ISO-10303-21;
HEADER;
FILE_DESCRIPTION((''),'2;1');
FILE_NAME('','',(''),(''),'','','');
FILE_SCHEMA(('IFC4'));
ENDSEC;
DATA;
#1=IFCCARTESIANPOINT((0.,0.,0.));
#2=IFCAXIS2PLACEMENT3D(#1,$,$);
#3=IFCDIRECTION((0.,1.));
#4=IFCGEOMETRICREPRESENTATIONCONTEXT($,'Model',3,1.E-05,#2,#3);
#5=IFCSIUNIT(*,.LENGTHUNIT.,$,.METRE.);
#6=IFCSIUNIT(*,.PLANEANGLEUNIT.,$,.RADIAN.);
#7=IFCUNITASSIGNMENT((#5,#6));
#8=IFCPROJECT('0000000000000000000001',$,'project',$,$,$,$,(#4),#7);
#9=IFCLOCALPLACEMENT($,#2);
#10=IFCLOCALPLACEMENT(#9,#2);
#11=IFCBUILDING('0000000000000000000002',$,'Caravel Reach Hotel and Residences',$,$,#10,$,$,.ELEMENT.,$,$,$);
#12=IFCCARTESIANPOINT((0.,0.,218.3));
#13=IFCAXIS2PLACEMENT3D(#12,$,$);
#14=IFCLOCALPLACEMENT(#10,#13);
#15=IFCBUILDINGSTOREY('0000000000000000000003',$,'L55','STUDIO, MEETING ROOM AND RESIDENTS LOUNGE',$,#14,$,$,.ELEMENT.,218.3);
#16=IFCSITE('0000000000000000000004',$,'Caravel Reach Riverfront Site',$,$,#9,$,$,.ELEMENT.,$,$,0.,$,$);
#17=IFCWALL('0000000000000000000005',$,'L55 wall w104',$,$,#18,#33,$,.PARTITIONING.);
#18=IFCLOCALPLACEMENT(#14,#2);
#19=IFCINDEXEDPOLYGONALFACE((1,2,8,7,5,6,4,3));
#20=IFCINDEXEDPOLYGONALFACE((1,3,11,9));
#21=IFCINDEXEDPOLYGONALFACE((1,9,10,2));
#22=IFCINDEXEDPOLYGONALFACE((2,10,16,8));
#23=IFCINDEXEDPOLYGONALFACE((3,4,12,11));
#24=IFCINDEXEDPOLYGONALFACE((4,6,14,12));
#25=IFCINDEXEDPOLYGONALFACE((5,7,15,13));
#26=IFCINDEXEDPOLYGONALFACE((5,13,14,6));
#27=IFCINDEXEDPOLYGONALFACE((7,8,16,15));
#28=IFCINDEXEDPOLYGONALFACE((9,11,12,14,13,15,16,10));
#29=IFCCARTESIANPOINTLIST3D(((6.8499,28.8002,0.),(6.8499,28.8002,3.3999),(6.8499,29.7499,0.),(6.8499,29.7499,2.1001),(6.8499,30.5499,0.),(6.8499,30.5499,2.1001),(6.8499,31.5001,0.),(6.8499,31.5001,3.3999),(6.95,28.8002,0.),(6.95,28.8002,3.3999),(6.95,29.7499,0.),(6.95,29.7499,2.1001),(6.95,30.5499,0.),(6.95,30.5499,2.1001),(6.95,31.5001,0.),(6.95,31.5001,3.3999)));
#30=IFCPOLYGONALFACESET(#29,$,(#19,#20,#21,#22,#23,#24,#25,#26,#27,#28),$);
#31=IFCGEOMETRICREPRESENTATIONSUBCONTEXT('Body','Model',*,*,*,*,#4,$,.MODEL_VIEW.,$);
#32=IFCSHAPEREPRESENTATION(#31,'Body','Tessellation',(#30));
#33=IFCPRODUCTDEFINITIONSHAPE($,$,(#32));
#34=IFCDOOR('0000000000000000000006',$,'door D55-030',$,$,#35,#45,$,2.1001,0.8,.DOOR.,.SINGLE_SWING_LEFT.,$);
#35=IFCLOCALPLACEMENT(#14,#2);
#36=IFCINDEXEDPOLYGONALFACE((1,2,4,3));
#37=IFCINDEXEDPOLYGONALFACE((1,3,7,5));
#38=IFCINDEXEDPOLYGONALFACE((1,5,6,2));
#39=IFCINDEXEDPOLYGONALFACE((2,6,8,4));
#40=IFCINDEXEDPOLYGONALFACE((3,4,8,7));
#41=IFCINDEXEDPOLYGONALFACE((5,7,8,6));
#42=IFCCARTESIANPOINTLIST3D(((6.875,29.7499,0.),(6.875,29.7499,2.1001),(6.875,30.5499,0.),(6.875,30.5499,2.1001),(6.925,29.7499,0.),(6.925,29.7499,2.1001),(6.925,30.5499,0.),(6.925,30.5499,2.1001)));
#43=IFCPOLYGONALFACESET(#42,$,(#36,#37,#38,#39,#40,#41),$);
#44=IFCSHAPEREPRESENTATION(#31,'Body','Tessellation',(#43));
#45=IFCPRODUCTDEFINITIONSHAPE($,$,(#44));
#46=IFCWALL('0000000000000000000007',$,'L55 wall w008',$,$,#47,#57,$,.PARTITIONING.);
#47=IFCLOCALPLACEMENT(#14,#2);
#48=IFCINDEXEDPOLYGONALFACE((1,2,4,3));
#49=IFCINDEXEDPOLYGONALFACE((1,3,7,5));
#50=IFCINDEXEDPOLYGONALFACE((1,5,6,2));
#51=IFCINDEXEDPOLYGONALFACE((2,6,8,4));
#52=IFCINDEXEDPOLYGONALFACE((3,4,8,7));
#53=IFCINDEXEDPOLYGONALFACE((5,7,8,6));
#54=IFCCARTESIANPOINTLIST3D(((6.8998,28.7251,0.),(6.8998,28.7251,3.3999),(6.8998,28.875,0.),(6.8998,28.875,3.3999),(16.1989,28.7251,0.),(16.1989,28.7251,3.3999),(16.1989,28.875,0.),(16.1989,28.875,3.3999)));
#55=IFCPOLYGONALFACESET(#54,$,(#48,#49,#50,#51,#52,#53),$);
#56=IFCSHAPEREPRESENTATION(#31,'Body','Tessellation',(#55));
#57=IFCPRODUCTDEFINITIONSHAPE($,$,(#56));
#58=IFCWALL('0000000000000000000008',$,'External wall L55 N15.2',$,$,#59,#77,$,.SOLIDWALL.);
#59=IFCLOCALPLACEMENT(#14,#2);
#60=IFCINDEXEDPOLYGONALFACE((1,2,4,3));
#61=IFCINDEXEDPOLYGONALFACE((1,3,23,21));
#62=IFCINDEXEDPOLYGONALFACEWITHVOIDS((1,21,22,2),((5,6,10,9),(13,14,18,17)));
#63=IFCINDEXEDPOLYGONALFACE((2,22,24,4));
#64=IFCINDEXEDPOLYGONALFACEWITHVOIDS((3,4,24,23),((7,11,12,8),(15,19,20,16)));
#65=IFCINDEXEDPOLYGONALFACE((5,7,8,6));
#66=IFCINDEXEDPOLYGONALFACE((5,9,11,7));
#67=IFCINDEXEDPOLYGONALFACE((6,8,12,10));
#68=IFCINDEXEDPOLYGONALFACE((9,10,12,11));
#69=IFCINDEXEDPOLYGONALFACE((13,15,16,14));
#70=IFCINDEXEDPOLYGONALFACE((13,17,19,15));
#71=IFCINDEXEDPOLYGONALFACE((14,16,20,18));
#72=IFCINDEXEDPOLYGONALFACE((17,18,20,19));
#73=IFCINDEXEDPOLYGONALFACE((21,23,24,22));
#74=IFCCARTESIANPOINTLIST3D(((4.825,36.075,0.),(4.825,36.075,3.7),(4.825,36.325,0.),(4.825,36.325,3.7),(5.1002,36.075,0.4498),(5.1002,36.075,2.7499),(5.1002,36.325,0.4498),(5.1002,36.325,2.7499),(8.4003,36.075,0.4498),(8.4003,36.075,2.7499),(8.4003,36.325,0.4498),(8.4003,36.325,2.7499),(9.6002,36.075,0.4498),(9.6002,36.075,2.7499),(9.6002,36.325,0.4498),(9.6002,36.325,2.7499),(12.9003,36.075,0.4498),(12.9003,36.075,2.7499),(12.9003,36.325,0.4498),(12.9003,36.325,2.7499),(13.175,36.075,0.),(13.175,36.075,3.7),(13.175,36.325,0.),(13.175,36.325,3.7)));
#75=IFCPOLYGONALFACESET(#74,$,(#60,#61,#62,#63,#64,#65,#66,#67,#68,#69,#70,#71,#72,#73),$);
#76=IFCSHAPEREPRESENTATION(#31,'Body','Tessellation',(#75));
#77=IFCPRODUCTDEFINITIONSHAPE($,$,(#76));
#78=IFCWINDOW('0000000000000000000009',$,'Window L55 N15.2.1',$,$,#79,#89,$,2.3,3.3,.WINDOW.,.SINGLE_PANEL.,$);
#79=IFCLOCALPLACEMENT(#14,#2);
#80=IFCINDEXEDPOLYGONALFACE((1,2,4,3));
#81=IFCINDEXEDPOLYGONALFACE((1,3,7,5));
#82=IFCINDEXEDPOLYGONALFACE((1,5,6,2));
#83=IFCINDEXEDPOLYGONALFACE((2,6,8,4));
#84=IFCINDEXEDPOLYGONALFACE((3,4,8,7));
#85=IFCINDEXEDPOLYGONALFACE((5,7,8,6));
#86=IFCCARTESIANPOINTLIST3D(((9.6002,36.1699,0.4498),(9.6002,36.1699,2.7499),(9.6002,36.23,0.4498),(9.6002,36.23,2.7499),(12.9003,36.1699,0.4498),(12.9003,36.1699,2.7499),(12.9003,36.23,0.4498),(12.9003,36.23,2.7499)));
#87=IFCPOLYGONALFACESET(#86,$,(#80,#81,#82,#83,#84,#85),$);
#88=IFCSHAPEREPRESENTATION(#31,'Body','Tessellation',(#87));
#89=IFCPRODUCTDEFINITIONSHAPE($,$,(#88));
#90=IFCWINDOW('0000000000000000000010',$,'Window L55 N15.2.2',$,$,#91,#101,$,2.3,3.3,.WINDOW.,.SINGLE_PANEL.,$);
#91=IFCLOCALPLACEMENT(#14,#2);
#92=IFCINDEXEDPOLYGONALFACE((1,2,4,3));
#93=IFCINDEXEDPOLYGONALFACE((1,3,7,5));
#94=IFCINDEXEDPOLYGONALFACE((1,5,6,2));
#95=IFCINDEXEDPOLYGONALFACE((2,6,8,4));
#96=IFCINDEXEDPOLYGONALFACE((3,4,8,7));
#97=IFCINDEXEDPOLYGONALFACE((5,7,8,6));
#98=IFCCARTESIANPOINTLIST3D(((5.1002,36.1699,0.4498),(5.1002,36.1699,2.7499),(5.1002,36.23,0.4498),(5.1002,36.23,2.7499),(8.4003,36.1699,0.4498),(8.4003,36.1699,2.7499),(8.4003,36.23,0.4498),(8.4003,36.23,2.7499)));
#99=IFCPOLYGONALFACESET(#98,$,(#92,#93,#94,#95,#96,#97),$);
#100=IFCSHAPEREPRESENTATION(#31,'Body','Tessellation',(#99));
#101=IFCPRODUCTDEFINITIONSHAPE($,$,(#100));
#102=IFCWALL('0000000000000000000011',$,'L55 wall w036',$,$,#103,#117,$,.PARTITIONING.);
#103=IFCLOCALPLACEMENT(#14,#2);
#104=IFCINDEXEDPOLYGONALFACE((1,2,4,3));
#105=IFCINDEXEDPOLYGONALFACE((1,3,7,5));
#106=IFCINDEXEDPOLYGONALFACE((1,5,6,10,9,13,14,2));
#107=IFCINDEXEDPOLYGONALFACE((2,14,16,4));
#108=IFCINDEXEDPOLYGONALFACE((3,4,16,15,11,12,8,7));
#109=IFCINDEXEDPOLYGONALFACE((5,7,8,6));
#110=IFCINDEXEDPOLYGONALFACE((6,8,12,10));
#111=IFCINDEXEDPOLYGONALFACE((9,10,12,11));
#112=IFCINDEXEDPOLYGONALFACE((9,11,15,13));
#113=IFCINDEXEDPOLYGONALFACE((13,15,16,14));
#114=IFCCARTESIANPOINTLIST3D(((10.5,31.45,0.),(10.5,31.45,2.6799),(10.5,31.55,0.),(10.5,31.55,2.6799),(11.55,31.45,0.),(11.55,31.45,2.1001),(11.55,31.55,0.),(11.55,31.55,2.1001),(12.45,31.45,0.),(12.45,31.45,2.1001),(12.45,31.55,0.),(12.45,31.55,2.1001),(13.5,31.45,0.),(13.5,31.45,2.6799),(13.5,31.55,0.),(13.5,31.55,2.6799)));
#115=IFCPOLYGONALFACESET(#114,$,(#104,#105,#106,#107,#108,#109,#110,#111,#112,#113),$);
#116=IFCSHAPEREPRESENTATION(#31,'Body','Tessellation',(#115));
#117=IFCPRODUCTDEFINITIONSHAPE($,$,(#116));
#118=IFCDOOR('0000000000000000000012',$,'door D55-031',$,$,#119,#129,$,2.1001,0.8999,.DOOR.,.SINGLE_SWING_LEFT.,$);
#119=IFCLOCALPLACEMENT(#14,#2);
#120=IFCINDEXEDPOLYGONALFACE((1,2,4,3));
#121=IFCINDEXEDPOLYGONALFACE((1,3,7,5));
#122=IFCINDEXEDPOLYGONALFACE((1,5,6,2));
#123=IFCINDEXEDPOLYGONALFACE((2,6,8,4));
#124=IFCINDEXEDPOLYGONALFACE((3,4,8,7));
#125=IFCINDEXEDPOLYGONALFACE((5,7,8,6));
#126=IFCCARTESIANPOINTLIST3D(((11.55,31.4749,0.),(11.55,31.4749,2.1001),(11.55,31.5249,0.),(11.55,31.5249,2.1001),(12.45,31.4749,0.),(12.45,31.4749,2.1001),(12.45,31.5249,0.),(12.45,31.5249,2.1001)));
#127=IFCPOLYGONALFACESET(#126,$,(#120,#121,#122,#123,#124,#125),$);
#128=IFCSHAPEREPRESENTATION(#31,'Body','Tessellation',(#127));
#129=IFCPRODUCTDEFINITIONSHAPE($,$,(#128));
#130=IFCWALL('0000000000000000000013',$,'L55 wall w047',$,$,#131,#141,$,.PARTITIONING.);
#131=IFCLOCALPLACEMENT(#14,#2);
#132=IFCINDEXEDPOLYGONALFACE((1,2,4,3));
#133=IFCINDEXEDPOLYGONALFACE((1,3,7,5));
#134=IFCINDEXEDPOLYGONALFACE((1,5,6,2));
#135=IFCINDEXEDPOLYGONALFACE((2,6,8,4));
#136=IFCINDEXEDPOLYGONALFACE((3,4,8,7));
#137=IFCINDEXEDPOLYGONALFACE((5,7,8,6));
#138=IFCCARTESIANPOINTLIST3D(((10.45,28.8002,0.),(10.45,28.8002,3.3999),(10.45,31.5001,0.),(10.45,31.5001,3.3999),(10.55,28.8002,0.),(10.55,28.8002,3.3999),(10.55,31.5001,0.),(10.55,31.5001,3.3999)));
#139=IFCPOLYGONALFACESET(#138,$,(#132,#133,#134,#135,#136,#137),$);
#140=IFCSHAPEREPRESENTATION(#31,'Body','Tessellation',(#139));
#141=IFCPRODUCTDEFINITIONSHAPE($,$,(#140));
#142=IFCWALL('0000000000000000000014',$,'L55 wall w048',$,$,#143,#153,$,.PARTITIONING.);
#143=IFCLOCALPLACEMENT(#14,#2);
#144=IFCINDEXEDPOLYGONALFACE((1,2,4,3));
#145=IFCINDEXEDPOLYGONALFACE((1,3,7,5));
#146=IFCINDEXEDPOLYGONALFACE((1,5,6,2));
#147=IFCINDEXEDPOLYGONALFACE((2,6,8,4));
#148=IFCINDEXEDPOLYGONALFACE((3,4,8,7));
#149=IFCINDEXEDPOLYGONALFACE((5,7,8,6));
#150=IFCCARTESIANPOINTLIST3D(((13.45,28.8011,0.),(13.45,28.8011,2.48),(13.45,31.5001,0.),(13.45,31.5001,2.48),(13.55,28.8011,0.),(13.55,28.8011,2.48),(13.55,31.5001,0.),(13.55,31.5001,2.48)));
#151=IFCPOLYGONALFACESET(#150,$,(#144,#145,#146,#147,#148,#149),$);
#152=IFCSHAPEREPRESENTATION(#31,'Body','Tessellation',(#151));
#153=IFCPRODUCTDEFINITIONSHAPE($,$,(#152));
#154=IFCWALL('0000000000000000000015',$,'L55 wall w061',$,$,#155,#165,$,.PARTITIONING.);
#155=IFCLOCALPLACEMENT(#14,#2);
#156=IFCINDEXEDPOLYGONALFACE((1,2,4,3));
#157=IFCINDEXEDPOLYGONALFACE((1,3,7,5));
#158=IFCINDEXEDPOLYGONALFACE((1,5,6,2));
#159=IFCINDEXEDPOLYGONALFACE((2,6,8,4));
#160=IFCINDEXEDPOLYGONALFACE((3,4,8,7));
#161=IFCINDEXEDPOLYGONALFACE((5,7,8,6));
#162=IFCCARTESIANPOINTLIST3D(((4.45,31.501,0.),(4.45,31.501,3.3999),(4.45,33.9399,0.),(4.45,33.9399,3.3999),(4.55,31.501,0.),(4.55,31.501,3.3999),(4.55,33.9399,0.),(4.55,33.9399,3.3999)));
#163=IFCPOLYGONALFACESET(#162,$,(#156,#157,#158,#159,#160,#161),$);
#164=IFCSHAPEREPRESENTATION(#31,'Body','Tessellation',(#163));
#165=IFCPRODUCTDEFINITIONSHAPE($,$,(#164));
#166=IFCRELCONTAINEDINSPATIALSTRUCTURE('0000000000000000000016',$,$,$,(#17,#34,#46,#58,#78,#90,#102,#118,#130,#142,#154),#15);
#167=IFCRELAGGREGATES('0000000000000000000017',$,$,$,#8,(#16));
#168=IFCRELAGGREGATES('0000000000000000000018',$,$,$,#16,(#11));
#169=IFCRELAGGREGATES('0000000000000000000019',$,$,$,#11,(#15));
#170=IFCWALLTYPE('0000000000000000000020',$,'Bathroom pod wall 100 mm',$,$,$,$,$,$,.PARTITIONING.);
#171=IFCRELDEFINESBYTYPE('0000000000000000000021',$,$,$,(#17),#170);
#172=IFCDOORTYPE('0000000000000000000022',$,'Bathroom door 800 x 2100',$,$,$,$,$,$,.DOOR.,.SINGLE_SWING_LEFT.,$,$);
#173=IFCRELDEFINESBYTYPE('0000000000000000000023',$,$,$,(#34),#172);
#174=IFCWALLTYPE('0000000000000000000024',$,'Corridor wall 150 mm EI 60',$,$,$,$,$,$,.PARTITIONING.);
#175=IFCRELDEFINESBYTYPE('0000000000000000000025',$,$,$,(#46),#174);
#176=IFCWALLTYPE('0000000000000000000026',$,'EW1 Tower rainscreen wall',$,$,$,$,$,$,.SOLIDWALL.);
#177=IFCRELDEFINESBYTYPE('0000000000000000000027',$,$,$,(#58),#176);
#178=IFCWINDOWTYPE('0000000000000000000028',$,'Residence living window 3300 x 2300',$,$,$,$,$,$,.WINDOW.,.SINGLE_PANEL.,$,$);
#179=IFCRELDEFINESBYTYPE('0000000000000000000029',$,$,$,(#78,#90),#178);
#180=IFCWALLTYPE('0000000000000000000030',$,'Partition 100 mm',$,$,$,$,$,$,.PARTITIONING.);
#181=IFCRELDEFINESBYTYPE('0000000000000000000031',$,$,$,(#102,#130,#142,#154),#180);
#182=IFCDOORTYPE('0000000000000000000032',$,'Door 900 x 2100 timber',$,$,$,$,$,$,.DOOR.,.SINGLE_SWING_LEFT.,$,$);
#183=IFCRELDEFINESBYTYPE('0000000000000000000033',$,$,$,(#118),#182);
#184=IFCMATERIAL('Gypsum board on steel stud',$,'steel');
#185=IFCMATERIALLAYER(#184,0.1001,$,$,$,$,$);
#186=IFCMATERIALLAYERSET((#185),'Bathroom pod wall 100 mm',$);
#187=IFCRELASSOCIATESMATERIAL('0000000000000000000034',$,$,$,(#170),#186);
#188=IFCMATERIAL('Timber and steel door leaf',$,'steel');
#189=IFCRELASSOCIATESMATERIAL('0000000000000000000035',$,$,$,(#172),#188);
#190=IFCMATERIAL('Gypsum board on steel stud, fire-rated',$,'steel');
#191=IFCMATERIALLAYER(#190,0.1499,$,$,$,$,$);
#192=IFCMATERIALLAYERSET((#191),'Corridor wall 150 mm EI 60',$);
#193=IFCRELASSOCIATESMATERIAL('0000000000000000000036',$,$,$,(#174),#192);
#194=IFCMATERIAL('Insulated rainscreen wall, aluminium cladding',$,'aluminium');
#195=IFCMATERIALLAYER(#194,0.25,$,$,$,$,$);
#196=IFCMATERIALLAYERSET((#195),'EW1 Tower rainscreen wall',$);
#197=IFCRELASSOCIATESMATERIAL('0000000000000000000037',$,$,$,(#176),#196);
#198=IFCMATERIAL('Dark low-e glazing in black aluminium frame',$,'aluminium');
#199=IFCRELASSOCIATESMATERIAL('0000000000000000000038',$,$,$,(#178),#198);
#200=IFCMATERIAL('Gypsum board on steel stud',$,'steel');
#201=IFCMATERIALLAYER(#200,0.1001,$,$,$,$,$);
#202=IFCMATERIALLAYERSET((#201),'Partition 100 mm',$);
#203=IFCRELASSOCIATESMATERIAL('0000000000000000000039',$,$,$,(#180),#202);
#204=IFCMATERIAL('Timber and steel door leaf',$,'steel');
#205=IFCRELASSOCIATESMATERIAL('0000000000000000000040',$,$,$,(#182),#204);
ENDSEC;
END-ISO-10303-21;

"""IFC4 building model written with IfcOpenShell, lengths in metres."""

from ifc_helpers import new_model, si_unit, direction, frame, frame_2d, origin, place, context, subcontext, project, spatial, rectangle, extrude, material, layer, layer_set, type_object, element, fill, save


model = new_model("IFC4")

# Units and contexts
model_context = context("Model", 3, precision=1e-05, world=origin(), true_north=direction((0.0, 1.0)))
body_context = subcontext(model_context, "Body", "Model", "MODEL_VIEW")
ifc_project = project(units=[si_unit("LENGTHUNIT", "METRE"), si_unit("PLANEANGLEUNIT", "RADIAN")], contexts=[model_context])

# Site, building, storey
site_placement = place(None, origin())
site = spatial("IfcSite", under=ifc_project, at=site_placement, Name="Caravel Reach Riverfront Site", CompositionType="ELEMENT", RefElevation=0.0)
building_placement = place(site_placement, origin())
building = spatial("IfcBuilding", under=site, at=building_placement, Name="Caravel Reach Hotel and Residences", CompositionType="ELEMENT")
storey_placement = place(building_placement, frame((0.0, 0.0, 218.3)))
storey = spatial("IfcBuildingStorey", under=building, at=storey_placement, Name="L55", Description="STUDIO, MEETING ROOM AND RESIDENTS LOUNGE", CompositionType="ELEMENT", Elevation=218.3)

# Shared definitions
ifc_material_1 = material(Name="Gypsum board on steel stud", Category="steel")
ifc_layer_1 = layer(ifc_material_1, 0.1001)
ifc_layer_set_1 = layer_set([ifc_layer_1], Name="Bathroom pod wall 100 mm")
wall_type_1 = type_object("IfcWallType", Name="Bathroom pod wall 100 mm", PredefinedType="PARTITIONING", material=ifc_layer_set_1)

# Wall, opening, door
wall_1_placement = place(storey_placement, frame((6.8999, 28.8, 0.0), z_axis=(0.0, 0.0, 1.0), x_axis=(0.0, 1.0, 0.0)))
wall_1 = element("IfcWall", 1, at=wall_1_placement, inside=storey, type_object=wall_type_1, Name="L55 wall w104", PredefinedType="PARTITIONING", context=body_context, shape_type="SweptSolid", body=[
    extrude(rectangle(XDim=2.7, YDim=0.1001, at=frame_2d((1.3501, 0.0))), origin(), (0.0, 0.0, 1.0), 3.3999),
])
opening_1_placement = place(wall_1_placement, frame((0.95, 0.0, 0.0)))
opening_1 = element("IfcOpeningElement", 2, at=opening_1_placement, cuts=wall_1, PredefinedType="OPENING", context=body_context, shape_type="SweptSolid", body=[
    extrude(rectangle(XDim=0.8, YDim=2.1001, at=frame_2d((0.3999, 1.05))), frame((0.0, 0.0601, 0.0), z_axis=(0.0, -1.0, 0.0), x_axis=(1.0, 0.0, 0.0)), (0.0, 0.0, 1.0), 0.1201),
])
ifc_material_2 = material(Name="Timber and steel door leaf", Category="steel")
door_type_1 = type_object("IfcDoorType", Name="Bathroom door 800 x 2100", OperationType="SINGLE_SWING_LEFT", PredefinedType="DOOR", material=ifc_material_2)
door_1_placement = place(opening_1_placement, origin())
door_1 = element("IfcDoor", 3, at=door_1_placement, inside=storey, type_object=door_type_1, Name="door D55-030", OperationType="SINGLE_SWING_LEFT", OverallHeight=2.1001, OverallWidth=0.8, PredefinedType="DOOR", context=body_context, shape_type="SweptSolid", body=[
    extrude(rectangle(XDim=0.8, YDim=2.1001, at=frame_2d((0.3999, 1.05))), frame((0.0, 0.0249, 0.0), z_axis=(0.0, -1.0, 0.0), x_axis=(1.0, 0.0, 0.0)), (0.0, 0.0, 1.0), 0.05),
])
fill(opening_1, door_1)

# Wall
ifc_material_3 = material(Name="Gypsum board on steel stud, fire-rated", Category="steel")
ifc_layer_2 = layer(ifc_material_3, 0.1499)
ifc_layer_set_2 = layer_set([ifc_layer_2], Name="Corridor wall 150 mm EI 60")
wall_type_2 = type_object("IfcWallType", Name="Corridor wall 150 mm EI 60", PredefinedType="PARTITIONING", material=ifc_layer_set_2)
wall_2_placement = place(storey_placement, frame((6.8999, 28.8, 0.0), z_axis=(0.0, 0.0, 1.0), x_axis=(1.0, 0.0, 0.0)))
element("IfcWall", 4, at=wall_2_placement, inside=storey, type_object=wall_type_2, Name="L55 wall w008", PredefinedType="PARTITIONING", context=body_context, shape_type="SweptSolid", body=[
    extrude(rectangle(XDim=9.2991, YDim=0.1499, at=frame_2d((4.6494, 0.0))), origin(), (0.0, 0.0, 1.0), 3.3999),
])

# Wall, openings, windows
ifc_material_4 = material(Name="Insulated rainscreen wall, aluminium cladding", Category="aluminium")
ifc_layer_3 = layer(ifc_material_4, 0.25)
ifc_layer_set_3 = layer_set([ifc_layer_3], Name="EW1 Tower rainscreen wall")
wall_type_3 = type_object("IfcWallType", Name="EW1 Tower rainscreen wall", PredefinedType="SOLIDWALL", material=ifc_layer_set_3)
wall_3_placement = place(storey_placement, frame((13.175, 36.2, 0.0), z_axis=(0.0, 0.0, 1.0), x_axis=(-1.0, 0.0, 0.0)))
wall_3 = element("IfcWall", 5, at=wall_3_placement, inside=storey, type_object=wall_type_3, Name="External wall L55 N15.2", PredefinedType="SOLIDWALL", context=body_context, shape_type="SweptSolid", body=[
    extrude(rectangle(XDim=8.3501, YDim=0.25, at=frame_2d((4.175, 0.0))), origin(), (0.0, 0.0, 1.0), 3.7),
])
opening_2_placement = place(wall_3_placement, frame((0.2749, 0.0, 0.45)))
opening_2 = element("IfcOpeningElement", 6, at=opening_2_placement, cuts=wall_3, PredefinedType="OPENING", context=body_context, shape_type="SweptSolid", body=[
    extrude(rectangle(XDim=3.3, YDim=2.3, at=frame_2d((1.6499, 1.1499))), frame((0.0, 0.135, 0.0), z_axis=(0.0, -1.0, 0.0), x_axis=(1.0, 0.0, 0.0)), (0.0, 0.0, 1.0), 0.27),
])
opening_3_placement = place(wall_3_placement, frame((4.7749, 0.0, 0.45)))
opening_3 = element("IfcOpeningElement", 7, at=opening_3_placement, cuts=wall_3, PredefinedType="OPENING", context=body_context, shape_type="SweptSolid", body=[
    extrude(rectangle(XDim=3.3, YDim=2.3, at=frame_2d((1.6499, 1.1499))), frame((0.0, 0.135, 0.0), z_axis=(0.0, -1.0, 0.0), x_axis=(1.0, 0.0, 0.0)), (0.0, 0.0, 1.0), 0.27),
])
ifc_material_5 = material(Name="Dark low-e glazing in black aluminium frame", Category="aluminium")
window_type = type_object("IfcWindowType", Name="Residence living window 3300 x 2300", PartitioningType="SINGLE_PANEL", PredefinedType="WINDOW", material=ifc_material_5)
window_1_placement = place(opening_2_placement, origin())
window_1 = element("IfcWindow", 8, at=window_1_placement, inside=storey, type_object=window_type, Name="Window L55 N15.2.1", OverallHeight=2.3, OverallWidth=3.3, PartitioningType="SINGLE_PANEL", PredefinedType="WINDOW", context=body_context, shape_type="SweptSolid", body=[
    extrude(rectangle(XDim=3.3, YDim=2.3, at=frame_2d((1.6499, 1.1499))), frame((0.0, 0.03, 0.0), z_axis=(0.0, -1.0, 0.0), x_axis=(1.0, 0.0, 0.0)), (0.0, 0.0, 1.0), 0.0601),
])
fill(opening_2, window_1)
window_2_placement = place(opening_3_placement, origin())
window_2 = element("IfcWindow", 9, at=window_2_placement, inside=storey, type_object=window_type, Name="Window L55 N15.2.2", OverallHeight=2.3, OverallWidth=3.3, PartitioningType="SINGLE_PANEL", PredefinedType="WINDOW", context=body_context, shape_type="SweptSolid", body=[
    extrude(rectangle(XDim=3.3, YDim=2.3, at=frame_2d((1.6499, 1.1499))), frame((0.0, 0.03, 0.0), z_axis=(0.0, -1.0, 0.0), x_axis=(1.0, 0.0, 0.0)), (0.0, 0.0, 1.0), 0.0601),
])
fill(opening_3, window_2)

# Wall, opening, door
ifc_material_6 = material(Name="Gypsum board on steel stud", Category="steel")
ifc_layer_4 = layer(ifc_material_6, 0.1001)
ifc_layer_set_4 = layer_set([ifc_layer_4], Name="Partition 100 mm")
wall_type_4 = type_object("IfcWallType", Name="Partition 100 mm", PredefinedType="PARTITIONING", material=ifc_layer_set_4)
wall_4_placement = place(storey_placement, frame((10.5, 31.5, 0.0), z_axis=(0.0, 0.0, 1.0), x_axis=(1.0, 0.0, 0.0)))
wall_4 = element("IfcWall", 10, at=wall_4_placement, inside=storey, type_object=wall_type_4, Name="L55 wall w036", PredefinedType="PARTITIONING", context=body_context, shape_type="SweptSolid", body=[
    extrude(rectangle(XDim=3.0, YDim=0.1001, at=frame_2d((1.5, 0.0))), origin(), (0.0, 0.0, 1.0), 2.6799),
])
opening_4_placement = place(wall_4_placement, frame((1.05, 0.0, 0.0)))
opening_4 = element("IfcOpeningElement", 11, at=opening_4_placement, cuts=wall_4, PredefinedType="OPENING", context=body_context, shape_type="SweptSolid", body=[
    extrude(rectangle(XDim=0.8999, YDim=2.1001, at=frame_2d((0.45, 1.05))), frame((0.0, 0.0601, 0.0), z_axis=(0.0, -1.0, 0.0), x_axis=(1.0, 0.0, 0.0)), (0.0, 0.0, 1.0), 0.1201),
])
ifc_material_7 = material(Name="Timber and steel door leaf", Category="steel")
door_type_2 = type_object("IfcDoorType", Name="Door 900 x 2100 timber", OperationType="SINGLE_SWING_LEFT", PredefinedType="DOOR", material=ifc_material_7)
door_2_placement = place(opening_4_placement, origin())
door_2 = element("IfcDoor", 12, at=door_2_placement, inside=storey, type_object=door_type_2, Name="door D55-031", OperationType="SINGLE_SWING_LEFT", OverallHeight=2.1001, OverallWidth=0.8999, PredefinedType="DOOR", context=body_context, shape_type="SweptSolid", body=[
    extrude(rectangle(XDim=0.8999, YDim=2.1001, at=frame_2d((0.45, 1.05))), frame((0.0, 0.0249, 0.0), z_axis=(0.0, -1.0, 0.0), x_axis=(1.0, 0.0, 0.0)), (0.0, 0.0, 1.0), 0.05),
])
fill(opening_4, door_2)

# Walls
wall_5_placement = place(storey_placement, frame((10.5, 28.8, 0.0), z_axis=(0.0, 0.0, 1.0), x_axis=(0.0, 1.0, 0.0)))
element("IfcWall", 13, at=wall_5_placement, inside=storey, type_object=wall_type_4, Name="L55 wall w047", PredefinedType="PARTITIONING", context=body_context, shape_type="SweptSolid", body=[
    extrude(rectangle(XDim=2.7, YDim=0.1001, at=frame_2d((1.3501, 0.0))), origin(), (0.0, 0.0, 1.0), 3.3999),
])
wall_6_placement = place(storey_placement, frame((13.5, 28.801, 0.0), z_axis=(0.0, 0.0, 1.0), x_axis=(0.0, 1.0, 0.0)))
element("IfcWall", 14, at=wall_6_placement, inside=storey, type_object=wall_type_4, Name="L55 wall w048", PredefinedType="PARTITIONING", context=body_context, shape_type="SweptSolid", body=[
    extrude(rectangle(XDim=2.699, YDim=0.1001, at=frame_2d((1.3496, 0.0))), origin(), (0.0, 0.0, 1.0), 2.48),
])
wall_7_placement = place(storey_placement, frame((4.5, 31.501, 0.0), z_axis=(0.0, 0.0, 1.0), x_axis=(0.0, 1.0, 0.0)))
element("IfcWall", 15, at=wall_7_placement, inside=storey, type_object=wall_type_4, Name="L55 wall w061", PredefinedType="PARTITIONING", context=body_context, shape_type="SweptSolid", body=[
    extrude(rectangle(XDim=2.439, YDim=0.1001, at=frame_2d((1.2195, 0.0))), origin(), (0.0, 0.0, 1.0), 3.3999),
])

save(model, "model.ifc")
